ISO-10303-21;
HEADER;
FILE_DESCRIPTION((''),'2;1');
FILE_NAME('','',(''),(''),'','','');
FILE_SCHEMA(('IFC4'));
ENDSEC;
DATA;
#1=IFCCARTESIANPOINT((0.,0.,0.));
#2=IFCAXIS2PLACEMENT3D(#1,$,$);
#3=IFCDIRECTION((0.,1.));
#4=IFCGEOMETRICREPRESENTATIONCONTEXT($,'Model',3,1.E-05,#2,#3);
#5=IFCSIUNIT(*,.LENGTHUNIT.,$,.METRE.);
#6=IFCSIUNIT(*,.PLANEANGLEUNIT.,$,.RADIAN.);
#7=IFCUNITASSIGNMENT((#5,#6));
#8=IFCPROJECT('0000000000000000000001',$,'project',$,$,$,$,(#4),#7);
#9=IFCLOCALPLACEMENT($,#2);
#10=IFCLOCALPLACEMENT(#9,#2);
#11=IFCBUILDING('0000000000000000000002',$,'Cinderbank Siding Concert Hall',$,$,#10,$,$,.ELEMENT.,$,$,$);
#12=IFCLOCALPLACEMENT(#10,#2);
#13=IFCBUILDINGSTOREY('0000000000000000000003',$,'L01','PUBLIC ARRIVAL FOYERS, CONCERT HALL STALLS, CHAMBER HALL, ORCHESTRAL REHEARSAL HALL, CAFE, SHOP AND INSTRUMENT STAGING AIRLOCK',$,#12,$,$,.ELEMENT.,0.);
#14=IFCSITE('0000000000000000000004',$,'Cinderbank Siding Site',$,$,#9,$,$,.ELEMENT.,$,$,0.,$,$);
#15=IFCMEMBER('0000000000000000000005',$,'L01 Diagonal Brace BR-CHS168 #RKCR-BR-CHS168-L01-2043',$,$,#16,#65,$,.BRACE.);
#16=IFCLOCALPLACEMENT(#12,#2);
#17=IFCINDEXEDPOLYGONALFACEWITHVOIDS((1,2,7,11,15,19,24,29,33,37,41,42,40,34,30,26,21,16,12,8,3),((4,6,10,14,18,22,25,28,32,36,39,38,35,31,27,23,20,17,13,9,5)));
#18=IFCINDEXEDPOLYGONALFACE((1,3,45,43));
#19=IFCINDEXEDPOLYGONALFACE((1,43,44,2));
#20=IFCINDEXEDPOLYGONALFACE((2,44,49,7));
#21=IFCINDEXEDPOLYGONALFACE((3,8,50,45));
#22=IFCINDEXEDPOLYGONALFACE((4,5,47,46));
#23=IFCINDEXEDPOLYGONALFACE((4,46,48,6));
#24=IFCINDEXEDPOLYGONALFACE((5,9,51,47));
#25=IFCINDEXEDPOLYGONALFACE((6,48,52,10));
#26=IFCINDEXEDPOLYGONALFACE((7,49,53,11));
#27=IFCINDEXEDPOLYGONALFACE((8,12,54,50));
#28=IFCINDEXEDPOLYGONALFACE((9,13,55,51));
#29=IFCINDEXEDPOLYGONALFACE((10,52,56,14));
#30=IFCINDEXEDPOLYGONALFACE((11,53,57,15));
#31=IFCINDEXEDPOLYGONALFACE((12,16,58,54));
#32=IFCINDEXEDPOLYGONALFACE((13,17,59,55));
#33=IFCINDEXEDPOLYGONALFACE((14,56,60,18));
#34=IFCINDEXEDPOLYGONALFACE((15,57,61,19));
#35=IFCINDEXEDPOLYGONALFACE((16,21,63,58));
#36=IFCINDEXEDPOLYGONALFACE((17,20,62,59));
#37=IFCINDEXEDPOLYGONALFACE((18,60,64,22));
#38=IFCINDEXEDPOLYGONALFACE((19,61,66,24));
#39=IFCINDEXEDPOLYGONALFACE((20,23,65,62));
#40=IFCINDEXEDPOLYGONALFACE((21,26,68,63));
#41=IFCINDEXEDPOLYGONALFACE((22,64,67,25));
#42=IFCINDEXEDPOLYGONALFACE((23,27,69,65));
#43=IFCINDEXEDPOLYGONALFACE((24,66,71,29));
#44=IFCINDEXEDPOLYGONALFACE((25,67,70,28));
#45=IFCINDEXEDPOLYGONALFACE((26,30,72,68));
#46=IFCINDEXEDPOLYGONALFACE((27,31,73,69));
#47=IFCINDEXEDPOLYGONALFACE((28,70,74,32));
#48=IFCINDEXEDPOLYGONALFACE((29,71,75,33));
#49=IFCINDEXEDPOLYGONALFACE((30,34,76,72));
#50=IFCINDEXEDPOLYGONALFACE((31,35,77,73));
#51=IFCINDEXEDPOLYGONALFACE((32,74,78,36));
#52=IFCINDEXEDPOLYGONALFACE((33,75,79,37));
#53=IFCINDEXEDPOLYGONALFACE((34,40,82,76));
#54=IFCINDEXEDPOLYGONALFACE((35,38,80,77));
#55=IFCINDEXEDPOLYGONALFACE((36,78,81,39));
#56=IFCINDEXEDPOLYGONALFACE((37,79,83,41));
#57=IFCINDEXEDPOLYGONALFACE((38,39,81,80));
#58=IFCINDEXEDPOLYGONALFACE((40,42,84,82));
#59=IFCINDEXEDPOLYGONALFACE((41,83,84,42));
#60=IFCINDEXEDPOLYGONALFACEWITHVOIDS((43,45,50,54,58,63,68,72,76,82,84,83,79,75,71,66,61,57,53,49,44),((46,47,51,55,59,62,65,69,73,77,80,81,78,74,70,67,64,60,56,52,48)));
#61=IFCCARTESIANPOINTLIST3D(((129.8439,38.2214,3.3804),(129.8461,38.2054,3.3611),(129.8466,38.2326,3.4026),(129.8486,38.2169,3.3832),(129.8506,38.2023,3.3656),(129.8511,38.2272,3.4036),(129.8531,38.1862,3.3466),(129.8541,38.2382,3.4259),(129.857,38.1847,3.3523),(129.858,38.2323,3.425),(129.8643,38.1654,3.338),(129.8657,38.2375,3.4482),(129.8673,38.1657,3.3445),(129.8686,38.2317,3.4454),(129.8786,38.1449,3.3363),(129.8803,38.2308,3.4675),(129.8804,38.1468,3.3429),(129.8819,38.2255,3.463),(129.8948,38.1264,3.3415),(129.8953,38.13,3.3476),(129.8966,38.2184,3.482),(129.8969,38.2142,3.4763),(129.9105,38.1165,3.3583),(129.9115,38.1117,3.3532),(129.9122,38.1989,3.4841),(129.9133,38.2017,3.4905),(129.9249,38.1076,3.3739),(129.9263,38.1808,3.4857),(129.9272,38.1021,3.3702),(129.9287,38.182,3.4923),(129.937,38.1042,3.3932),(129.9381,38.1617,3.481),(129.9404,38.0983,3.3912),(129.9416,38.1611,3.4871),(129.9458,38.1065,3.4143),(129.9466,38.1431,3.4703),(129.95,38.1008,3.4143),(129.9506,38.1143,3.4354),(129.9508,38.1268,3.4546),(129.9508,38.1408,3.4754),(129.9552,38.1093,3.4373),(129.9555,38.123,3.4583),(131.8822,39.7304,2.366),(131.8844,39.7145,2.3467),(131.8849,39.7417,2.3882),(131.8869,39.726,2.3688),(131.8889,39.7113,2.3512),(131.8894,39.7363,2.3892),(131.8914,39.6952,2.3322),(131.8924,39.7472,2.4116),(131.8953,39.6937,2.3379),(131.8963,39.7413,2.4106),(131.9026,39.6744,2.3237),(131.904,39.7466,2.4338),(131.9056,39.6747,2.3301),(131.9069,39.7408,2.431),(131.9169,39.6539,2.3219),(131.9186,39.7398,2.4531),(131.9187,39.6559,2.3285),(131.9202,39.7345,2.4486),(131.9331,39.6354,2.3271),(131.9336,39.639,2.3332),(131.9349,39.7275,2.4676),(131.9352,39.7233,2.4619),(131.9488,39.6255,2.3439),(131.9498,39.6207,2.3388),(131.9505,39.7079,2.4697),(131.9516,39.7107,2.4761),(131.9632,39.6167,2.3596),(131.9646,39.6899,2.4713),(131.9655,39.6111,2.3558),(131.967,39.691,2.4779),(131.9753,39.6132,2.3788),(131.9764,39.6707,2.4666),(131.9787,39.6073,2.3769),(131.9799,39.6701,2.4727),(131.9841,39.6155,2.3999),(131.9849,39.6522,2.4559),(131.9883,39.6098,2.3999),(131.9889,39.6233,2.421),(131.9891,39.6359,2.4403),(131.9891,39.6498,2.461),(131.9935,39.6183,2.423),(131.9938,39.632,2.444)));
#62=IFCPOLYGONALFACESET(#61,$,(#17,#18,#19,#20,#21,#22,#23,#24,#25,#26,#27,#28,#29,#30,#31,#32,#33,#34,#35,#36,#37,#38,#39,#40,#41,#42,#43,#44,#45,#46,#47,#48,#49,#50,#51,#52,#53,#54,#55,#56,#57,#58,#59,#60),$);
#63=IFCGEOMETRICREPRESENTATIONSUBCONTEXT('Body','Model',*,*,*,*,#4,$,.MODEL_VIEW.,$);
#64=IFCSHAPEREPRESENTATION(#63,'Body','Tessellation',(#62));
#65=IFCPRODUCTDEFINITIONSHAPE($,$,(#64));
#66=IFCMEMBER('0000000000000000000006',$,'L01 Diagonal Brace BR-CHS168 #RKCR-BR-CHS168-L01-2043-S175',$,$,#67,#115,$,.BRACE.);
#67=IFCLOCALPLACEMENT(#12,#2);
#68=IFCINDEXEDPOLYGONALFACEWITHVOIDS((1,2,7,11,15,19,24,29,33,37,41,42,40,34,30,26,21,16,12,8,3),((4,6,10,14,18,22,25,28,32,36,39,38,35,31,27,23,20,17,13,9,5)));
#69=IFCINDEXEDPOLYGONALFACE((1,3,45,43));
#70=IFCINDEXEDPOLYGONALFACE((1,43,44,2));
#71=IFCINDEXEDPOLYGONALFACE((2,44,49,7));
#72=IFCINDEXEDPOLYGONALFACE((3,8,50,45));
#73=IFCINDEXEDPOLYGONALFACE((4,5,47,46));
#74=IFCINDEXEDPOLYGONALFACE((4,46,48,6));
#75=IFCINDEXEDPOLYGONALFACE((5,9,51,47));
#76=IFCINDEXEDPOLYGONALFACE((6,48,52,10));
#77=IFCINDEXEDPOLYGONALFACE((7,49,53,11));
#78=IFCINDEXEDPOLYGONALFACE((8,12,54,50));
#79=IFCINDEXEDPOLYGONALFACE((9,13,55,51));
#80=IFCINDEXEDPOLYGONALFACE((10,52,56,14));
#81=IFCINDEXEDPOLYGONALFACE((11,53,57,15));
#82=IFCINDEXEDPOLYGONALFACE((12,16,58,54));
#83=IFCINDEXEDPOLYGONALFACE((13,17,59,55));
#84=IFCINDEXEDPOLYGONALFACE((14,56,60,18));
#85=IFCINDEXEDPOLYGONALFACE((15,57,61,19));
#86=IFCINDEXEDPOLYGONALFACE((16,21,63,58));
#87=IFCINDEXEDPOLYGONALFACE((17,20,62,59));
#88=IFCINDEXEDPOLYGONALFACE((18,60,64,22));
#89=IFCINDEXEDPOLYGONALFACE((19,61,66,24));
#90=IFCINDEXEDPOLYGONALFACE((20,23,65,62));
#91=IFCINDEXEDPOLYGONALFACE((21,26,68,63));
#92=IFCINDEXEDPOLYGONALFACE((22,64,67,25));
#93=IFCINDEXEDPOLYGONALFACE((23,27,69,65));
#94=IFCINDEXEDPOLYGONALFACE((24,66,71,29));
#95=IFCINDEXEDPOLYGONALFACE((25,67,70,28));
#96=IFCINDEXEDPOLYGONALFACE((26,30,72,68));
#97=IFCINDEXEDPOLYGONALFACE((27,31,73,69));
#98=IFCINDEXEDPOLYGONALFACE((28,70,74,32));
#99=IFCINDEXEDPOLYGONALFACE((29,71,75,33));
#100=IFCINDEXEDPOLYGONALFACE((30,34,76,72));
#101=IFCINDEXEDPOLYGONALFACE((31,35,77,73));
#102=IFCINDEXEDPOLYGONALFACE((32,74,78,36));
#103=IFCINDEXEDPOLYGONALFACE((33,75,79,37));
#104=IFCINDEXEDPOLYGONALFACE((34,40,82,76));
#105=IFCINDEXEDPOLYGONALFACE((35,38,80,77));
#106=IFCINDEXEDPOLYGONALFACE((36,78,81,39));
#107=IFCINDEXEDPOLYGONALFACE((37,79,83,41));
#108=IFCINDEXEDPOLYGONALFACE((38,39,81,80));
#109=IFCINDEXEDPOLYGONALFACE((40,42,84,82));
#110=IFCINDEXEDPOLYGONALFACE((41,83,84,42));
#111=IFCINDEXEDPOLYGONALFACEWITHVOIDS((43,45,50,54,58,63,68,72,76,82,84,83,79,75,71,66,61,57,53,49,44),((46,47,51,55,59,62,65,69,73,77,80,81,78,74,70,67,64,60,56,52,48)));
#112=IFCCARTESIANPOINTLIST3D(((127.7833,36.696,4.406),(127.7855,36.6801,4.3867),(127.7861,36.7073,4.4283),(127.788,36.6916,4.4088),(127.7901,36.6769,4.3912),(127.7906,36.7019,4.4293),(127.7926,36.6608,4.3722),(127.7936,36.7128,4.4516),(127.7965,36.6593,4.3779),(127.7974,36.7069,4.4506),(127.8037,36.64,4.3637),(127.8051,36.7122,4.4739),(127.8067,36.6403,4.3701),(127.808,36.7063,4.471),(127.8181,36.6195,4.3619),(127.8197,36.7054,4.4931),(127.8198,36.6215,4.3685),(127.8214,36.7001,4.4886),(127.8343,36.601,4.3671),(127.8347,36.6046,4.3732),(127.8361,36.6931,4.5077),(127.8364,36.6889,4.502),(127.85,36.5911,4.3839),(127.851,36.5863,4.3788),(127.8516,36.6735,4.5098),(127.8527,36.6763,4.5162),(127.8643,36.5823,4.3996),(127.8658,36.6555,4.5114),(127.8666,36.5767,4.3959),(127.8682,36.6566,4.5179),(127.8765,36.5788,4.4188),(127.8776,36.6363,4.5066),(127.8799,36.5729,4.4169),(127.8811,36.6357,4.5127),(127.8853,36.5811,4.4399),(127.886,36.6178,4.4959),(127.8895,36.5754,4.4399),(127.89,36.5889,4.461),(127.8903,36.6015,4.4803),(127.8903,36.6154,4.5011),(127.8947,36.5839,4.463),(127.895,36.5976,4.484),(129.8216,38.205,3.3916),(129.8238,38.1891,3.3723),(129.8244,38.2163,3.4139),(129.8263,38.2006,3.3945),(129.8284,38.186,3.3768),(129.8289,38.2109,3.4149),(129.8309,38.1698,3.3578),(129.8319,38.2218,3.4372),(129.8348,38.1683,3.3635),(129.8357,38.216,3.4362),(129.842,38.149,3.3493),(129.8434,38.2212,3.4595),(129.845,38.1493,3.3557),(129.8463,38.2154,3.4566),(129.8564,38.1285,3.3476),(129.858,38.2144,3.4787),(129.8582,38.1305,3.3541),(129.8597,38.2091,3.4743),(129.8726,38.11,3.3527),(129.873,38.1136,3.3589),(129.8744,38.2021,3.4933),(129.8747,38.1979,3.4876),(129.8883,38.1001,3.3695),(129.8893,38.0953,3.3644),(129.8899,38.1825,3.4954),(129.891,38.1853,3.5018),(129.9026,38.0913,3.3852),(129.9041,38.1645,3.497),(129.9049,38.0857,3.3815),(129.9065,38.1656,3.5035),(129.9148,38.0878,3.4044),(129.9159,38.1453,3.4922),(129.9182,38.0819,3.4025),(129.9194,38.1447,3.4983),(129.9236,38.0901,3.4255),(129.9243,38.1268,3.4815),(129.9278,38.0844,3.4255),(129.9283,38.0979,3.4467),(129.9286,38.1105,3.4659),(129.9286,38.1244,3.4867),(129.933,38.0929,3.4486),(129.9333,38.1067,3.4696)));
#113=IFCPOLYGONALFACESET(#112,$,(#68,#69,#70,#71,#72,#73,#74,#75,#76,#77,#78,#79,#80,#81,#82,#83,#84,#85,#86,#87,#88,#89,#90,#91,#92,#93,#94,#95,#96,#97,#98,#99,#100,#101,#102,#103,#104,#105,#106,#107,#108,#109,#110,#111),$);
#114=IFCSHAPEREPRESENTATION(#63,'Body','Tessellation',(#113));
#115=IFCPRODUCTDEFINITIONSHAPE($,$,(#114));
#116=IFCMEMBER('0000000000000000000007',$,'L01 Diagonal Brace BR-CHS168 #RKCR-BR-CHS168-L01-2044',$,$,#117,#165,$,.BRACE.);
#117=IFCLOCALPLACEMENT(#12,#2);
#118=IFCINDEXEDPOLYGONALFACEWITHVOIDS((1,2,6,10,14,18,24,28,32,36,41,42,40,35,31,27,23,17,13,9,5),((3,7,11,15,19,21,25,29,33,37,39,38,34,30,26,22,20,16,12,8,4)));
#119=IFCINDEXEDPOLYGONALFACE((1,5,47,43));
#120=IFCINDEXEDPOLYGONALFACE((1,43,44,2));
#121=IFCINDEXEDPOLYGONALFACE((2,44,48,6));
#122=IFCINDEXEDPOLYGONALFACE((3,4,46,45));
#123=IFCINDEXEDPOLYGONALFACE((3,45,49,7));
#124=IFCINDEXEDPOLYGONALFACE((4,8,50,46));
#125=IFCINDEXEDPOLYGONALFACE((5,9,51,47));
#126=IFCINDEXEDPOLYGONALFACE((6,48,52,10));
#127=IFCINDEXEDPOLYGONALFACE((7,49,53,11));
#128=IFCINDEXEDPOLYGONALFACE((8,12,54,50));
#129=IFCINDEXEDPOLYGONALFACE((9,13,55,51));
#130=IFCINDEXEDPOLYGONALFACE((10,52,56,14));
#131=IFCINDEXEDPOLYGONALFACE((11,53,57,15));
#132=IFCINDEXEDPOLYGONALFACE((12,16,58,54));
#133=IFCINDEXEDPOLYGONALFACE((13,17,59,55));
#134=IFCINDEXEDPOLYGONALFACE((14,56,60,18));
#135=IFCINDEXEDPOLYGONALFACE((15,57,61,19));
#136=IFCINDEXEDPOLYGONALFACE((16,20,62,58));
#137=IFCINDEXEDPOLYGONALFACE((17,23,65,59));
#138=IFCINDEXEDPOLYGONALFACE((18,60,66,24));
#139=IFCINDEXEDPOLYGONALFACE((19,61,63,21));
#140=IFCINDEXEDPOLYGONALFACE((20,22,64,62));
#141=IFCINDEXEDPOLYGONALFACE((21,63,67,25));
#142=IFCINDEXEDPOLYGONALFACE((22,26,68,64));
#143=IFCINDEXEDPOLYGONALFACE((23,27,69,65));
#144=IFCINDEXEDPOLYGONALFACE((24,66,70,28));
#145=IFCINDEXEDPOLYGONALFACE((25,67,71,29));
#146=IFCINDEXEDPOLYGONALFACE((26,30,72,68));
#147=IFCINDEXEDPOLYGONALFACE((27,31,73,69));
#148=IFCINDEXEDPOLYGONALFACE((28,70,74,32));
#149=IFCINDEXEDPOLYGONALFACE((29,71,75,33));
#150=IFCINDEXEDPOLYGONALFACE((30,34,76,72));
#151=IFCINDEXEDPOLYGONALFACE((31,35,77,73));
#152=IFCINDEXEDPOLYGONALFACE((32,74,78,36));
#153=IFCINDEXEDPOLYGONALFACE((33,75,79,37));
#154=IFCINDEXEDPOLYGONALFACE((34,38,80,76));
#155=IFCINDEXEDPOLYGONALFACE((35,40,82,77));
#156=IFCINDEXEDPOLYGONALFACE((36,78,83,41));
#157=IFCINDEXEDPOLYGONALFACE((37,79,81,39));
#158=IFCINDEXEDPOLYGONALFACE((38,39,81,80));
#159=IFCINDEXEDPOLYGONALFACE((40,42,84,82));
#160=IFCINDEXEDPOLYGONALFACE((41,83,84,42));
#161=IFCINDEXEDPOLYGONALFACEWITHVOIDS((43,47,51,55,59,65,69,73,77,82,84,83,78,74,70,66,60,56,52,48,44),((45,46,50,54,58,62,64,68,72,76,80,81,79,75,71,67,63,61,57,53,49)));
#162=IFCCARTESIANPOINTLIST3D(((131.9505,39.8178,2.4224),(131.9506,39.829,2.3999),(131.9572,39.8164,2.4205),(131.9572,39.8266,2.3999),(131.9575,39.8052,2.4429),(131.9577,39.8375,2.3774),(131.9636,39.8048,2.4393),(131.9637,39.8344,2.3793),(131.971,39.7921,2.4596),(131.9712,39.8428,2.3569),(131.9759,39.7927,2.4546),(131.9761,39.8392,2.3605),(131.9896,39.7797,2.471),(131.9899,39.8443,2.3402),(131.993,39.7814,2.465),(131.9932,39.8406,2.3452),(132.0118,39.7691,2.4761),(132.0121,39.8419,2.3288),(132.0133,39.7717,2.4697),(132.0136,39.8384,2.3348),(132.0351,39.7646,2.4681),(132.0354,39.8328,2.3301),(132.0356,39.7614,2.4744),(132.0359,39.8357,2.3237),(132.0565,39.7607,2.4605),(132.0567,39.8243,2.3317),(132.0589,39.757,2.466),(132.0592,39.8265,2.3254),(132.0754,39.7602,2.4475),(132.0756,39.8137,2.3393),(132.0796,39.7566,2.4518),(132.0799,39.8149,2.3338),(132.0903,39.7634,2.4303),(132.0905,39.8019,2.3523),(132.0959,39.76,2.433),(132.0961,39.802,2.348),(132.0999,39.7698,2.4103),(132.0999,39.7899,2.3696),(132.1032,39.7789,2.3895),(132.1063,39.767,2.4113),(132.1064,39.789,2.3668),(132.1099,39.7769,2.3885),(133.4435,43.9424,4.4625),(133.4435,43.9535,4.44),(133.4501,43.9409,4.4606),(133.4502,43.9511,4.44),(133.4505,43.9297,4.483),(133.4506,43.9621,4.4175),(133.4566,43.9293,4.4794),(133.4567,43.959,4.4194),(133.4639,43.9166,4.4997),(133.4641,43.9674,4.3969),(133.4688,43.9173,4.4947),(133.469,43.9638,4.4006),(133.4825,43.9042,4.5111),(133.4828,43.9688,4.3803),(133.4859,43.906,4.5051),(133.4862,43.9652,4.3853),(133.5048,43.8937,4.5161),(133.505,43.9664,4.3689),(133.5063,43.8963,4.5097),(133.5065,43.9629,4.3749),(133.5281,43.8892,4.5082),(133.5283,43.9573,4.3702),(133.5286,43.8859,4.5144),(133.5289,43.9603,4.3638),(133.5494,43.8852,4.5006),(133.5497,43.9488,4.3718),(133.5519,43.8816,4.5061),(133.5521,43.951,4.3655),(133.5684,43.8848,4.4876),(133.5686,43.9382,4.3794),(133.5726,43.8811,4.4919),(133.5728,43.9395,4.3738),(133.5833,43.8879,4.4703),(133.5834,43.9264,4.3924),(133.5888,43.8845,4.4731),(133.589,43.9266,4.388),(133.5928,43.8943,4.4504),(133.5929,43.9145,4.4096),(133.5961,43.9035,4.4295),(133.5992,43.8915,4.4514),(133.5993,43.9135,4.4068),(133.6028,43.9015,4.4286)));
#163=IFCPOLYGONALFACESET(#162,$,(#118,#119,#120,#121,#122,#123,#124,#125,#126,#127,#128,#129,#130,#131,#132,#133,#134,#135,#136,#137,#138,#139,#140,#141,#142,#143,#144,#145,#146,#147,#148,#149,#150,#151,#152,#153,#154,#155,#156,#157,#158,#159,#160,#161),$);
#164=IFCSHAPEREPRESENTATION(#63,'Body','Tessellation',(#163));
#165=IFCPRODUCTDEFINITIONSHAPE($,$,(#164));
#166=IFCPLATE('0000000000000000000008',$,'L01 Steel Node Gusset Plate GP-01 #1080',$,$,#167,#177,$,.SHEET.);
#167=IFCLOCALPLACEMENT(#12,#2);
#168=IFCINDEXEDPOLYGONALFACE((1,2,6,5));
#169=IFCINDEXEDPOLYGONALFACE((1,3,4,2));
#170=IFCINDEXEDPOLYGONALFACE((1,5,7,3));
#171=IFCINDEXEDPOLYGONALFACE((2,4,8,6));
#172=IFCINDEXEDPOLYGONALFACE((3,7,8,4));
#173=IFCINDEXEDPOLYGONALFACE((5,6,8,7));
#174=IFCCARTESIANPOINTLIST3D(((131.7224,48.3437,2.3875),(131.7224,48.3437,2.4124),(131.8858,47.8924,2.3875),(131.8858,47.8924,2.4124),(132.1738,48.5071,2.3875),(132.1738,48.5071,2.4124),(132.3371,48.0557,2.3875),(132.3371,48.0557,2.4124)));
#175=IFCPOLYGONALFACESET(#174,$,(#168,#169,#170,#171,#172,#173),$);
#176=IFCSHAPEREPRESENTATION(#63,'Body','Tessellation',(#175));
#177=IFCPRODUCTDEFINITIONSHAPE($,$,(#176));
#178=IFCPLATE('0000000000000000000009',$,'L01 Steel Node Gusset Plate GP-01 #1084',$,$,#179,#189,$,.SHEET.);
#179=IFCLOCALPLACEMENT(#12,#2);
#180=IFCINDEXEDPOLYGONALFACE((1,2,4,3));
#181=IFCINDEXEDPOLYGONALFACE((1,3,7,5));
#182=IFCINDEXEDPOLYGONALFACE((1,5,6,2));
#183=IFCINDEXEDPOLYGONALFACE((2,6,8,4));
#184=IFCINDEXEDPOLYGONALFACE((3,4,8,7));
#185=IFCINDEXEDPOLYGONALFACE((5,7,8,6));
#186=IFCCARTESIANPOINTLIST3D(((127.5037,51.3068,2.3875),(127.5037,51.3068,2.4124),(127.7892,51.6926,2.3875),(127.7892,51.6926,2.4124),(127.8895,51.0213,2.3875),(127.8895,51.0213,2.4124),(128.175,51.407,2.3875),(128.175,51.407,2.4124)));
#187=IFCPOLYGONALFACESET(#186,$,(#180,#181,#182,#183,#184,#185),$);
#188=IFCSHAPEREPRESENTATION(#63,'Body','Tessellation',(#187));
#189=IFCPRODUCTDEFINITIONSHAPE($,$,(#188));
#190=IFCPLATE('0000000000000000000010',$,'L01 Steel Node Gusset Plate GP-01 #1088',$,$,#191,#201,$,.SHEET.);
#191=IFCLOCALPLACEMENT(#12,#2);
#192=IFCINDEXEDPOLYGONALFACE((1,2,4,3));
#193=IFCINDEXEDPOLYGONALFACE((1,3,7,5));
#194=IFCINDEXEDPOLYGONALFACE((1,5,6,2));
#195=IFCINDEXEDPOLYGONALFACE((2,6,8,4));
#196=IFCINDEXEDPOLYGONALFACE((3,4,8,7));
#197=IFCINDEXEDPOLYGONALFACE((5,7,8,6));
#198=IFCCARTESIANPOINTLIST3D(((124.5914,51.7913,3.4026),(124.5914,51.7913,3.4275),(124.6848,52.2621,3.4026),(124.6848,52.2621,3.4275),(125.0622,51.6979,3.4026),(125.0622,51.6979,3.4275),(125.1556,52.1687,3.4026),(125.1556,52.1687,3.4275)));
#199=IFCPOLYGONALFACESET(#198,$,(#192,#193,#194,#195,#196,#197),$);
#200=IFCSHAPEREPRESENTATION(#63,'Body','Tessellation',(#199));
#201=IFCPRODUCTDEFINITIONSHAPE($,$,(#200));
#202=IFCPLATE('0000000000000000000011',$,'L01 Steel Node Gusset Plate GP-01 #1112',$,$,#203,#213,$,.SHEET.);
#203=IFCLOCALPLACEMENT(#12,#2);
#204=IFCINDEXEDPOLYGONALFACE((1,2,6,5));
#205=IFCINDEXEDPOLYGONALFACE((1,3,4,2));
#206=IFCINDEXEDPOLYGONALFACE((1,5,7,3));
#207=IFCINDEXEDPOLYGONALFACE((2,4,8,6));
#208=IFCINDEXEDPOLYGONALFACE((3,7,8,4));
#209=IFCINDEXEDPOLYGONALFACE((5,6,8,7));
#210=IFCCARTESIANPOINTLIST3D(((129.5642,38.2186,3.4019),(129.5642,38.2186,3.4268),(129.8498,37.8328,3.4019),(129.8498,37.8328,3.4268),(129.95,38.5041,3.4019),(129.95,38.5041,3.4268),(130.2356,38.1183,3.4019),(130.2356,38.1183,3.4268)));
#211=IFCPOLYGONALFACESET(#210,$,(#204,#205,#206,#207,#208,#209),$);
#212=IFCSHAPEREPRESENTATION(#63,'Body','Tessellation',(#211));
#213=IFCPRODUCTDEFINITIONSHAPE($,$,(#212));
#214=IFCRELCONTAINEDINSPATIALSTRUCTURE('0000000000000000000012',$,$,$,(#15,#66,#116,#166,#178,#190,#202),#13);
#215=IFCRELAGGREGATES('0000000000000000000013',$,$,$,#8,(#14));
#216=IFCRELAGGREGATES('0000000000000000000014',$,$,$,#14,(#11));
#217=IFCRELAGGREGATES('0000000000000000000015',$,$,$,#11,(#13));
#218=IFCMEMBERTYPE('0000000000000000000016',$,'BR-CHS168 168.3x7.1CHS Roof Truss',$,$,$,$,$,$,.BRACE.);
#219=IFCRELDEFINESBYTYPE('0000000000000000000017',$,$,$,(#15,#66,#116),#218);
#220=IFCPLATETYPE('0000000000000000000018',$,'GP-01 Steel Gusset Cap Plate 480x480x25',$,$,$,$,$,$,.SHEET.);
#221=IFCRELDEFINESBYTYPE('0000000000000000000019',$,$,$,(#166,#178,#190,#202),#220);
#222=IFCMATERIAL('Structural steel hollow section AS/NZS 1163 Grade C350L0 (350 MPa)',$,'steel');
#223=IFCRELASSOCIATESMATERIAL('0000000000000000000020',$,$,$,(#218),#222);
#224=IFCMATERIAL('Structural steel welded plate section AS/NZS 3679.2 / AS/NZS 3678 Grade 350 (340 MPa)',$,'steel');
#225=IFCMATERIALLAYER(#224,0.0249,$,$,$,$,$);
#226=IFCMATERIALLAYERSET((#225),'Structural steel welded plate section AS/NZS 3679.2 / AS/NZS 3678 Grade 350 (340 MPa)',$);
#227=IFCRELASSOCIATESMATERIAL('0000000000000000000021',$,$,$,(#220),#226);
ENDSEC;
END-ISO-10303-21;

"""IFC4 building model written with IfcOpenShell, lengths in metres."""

from ifc_helpers import new_model, si_unit, direction, frame, origin, origin_2d, place, context, subcontext, project, spatial, rectangle, hollow_circle, extrude, material, layer, layer_set, material_profile, profile_set, type_object, element, save


model = new_model("IFC4")

# Units and contexts
model_context = context("Model", 3, precision=1e-05, world=origin(), true_north=direction((0.0, 1.0)))
body_context = subcontext(model_context, "Body", "Model", "MODEL_VIEW")
ifc_project = project(units=[si_unit("LENGTHUNIT", "METRE"), si_unit("PLANEANGLEUNIT", "RADIAN")], contexts=[model_context])

# Site, building, storey
site_placement = place(None, origin())
site = spatial("IfcSite", under=ifc_project, at=site_placement, Name="Cinderbank Siding Site", CompositionType="ELEMENT", RefElevation=0.0)
building_placement = place(site_placement, origin())
building = spatial("IfcBuilding", under=site, at=building_placement, Name="Cinderbank Siding Concert Hall", CompositionType="ELEMENT")
storey_placement = place(building_placement, origin())
storey = spatial("IfcBuildingStorey", under=building, at=storey_placement, Name="L01", Description="PUBLIC ARRIVAL FOYERS, CONCERT HALL STALLS, CHAMBER HALL, ORCHESTRAL REHEARSAL HALL, CAFE, SHOP AND INSTRUMENT STAGING AIRLOCK", CompositionType="ELEMENT", Elevation=0.0)

# Members
ifc_material_1 = material(Name="Structural steel hollow section AS/NZS 1163 Grade C350L0 (350 MPa)", Category="steel")
ifc_material_profile_1 = material_profile(ifc_material_1, hollow_circle(Radius=0.0842, WallThickness=0.0071, at=origin_2d()), Name="168.3x7.1CHS", Category="LoadBearing")
ifc_profile_set_1 = profile_set([ifc_material_profile_1], Name="Structural steel hollow section AS/NZS 1163 Grade C350L0 (350 MPa)")
member_type = type_object("IfcMemberType", Name="BR-CHS168 168.3x7.1CHS Roof Truss", PredefinedType="BRACE", material=ifc_profile_set_1)
for number, where, z_axis, x_axis, name in (
    (1, (131.9382, 39.6775, 2.3999), (-0.746236, -0.55246, 0.371375), (0.595013, -0.803716, 0.0), "L01 Diagonal Brace BR-CHS168 #RKCR-BR-CHS168-L01-2043"),
    (2, (129.8777, 38.1521, 3.4255), (-0.746236, -0.55246, 0.371375), (0.595013, -0.803716, 0.0), "L01 Diagonal Brace BR-CHS168 #RKCR-BR-CHS168-L01-2043-S175"),
):
    element("IfcMember", number, at=place(storey_placement, frame(where, z_axis=z_axis, x_axis=x_axis)), inside=storey, type_object=member_type, Name=name, PredefinedType="BRACE", context=body_context, shape_type="SweptSolid", body=[
        extrude(hollow_circle(Radius=0.0842, WallThickness=0.0071, at=origin_2d()), origin(), (0.0, 0.0, 1.0), 2.7314),
    ])
member_1_placement = place(storey_placement, frame((132.0298, 39.8003, 2.3999), z_axis=(0.308609, 0.852598, 0.421707), x_axis=(-0.940298, 0.340353, 0.0)))
element("IfcMember", 3, at=member_1_placement, inside=storey, type_object=member_type, Name="L01 Diagonal Brace BR-CHS168 #RKCR-BR-CHS168-L01-2044", PredefinedType="BRACE", context=body_context, shape_type="SweptSolid", body=[
    extrude(hollow_circle(Radius=0.0842, WallThickness=0.0071, at=origin_2d()), origin(), (0.0, 0.0, 1.0), 4.8376),
])

# Plates
ifc_material_2 = material(Name="Structural steel welded plate section AS/NZS 3679.2 / AS/NZS 3678 Grade 350 (340 MPa)", Category="steel")
ifc_layer_1 = layer(ifc_material_2, 0.0249)
ifc_layer_set_1 = layer_set([ifc_layer_1], Name="Structural steel welded plate section AS/NZS 3679.2 / AS/NZS 3678 Grade 350 (340 MPa)")
plate_type_1 = type_object("IfcPlateType", Name="GP-01 Steel Gusset Cap Plate 480x480x25", PredefinedType="SHEET", material=ifc_layer_set_1)
for number, where, z_axis, x_axis, name in (
    (4, (132.0298, 48.1997, 2.3875), (0.0, 0.0, 1.0), (0.34038, -0.940288, 0.0), "L01 Steel Node Gusset Plate GP-01 #1080"),
    (5, (127.8394, 51.3569, 2.3875), (0.0, 0.0, 1.0), (0.803753, -0.594963, 0.0), "L01 Steel Node Gusset Plate GP-01 #1084"),
    (6, (124.8735, 51.98, 3.4026), (0.0, 0.0, 1.0), (0.980887, -0.194577, 0.0), "L01 Steel Node Gusset Plate GP-01 #1088"),
    (7, (129.8999, 38.1685, 3.4019), (0.0, 0.0, 1.0), (-0.803753, -0.594963, 0.0), "L01 Steel Node Gusset Plate GP-01 #1112"),
):
    element("IfcPlate", number, at=place(storey_placement, frame(where, z_axis=z_axis, x_axis=x_axis)), inside=storey, type_object=plate_type_1, Name=name, PredefinedType="SHEET", context=body_context, shape_type="SweptSolid", body=[
        extrude(rectangle(XDim=0.48, YDim=0.48, at=origin_2d()), origin(), (0.0, 0.0, 1.0), 0.0249),
    ])

save(model, "model.ifc")
